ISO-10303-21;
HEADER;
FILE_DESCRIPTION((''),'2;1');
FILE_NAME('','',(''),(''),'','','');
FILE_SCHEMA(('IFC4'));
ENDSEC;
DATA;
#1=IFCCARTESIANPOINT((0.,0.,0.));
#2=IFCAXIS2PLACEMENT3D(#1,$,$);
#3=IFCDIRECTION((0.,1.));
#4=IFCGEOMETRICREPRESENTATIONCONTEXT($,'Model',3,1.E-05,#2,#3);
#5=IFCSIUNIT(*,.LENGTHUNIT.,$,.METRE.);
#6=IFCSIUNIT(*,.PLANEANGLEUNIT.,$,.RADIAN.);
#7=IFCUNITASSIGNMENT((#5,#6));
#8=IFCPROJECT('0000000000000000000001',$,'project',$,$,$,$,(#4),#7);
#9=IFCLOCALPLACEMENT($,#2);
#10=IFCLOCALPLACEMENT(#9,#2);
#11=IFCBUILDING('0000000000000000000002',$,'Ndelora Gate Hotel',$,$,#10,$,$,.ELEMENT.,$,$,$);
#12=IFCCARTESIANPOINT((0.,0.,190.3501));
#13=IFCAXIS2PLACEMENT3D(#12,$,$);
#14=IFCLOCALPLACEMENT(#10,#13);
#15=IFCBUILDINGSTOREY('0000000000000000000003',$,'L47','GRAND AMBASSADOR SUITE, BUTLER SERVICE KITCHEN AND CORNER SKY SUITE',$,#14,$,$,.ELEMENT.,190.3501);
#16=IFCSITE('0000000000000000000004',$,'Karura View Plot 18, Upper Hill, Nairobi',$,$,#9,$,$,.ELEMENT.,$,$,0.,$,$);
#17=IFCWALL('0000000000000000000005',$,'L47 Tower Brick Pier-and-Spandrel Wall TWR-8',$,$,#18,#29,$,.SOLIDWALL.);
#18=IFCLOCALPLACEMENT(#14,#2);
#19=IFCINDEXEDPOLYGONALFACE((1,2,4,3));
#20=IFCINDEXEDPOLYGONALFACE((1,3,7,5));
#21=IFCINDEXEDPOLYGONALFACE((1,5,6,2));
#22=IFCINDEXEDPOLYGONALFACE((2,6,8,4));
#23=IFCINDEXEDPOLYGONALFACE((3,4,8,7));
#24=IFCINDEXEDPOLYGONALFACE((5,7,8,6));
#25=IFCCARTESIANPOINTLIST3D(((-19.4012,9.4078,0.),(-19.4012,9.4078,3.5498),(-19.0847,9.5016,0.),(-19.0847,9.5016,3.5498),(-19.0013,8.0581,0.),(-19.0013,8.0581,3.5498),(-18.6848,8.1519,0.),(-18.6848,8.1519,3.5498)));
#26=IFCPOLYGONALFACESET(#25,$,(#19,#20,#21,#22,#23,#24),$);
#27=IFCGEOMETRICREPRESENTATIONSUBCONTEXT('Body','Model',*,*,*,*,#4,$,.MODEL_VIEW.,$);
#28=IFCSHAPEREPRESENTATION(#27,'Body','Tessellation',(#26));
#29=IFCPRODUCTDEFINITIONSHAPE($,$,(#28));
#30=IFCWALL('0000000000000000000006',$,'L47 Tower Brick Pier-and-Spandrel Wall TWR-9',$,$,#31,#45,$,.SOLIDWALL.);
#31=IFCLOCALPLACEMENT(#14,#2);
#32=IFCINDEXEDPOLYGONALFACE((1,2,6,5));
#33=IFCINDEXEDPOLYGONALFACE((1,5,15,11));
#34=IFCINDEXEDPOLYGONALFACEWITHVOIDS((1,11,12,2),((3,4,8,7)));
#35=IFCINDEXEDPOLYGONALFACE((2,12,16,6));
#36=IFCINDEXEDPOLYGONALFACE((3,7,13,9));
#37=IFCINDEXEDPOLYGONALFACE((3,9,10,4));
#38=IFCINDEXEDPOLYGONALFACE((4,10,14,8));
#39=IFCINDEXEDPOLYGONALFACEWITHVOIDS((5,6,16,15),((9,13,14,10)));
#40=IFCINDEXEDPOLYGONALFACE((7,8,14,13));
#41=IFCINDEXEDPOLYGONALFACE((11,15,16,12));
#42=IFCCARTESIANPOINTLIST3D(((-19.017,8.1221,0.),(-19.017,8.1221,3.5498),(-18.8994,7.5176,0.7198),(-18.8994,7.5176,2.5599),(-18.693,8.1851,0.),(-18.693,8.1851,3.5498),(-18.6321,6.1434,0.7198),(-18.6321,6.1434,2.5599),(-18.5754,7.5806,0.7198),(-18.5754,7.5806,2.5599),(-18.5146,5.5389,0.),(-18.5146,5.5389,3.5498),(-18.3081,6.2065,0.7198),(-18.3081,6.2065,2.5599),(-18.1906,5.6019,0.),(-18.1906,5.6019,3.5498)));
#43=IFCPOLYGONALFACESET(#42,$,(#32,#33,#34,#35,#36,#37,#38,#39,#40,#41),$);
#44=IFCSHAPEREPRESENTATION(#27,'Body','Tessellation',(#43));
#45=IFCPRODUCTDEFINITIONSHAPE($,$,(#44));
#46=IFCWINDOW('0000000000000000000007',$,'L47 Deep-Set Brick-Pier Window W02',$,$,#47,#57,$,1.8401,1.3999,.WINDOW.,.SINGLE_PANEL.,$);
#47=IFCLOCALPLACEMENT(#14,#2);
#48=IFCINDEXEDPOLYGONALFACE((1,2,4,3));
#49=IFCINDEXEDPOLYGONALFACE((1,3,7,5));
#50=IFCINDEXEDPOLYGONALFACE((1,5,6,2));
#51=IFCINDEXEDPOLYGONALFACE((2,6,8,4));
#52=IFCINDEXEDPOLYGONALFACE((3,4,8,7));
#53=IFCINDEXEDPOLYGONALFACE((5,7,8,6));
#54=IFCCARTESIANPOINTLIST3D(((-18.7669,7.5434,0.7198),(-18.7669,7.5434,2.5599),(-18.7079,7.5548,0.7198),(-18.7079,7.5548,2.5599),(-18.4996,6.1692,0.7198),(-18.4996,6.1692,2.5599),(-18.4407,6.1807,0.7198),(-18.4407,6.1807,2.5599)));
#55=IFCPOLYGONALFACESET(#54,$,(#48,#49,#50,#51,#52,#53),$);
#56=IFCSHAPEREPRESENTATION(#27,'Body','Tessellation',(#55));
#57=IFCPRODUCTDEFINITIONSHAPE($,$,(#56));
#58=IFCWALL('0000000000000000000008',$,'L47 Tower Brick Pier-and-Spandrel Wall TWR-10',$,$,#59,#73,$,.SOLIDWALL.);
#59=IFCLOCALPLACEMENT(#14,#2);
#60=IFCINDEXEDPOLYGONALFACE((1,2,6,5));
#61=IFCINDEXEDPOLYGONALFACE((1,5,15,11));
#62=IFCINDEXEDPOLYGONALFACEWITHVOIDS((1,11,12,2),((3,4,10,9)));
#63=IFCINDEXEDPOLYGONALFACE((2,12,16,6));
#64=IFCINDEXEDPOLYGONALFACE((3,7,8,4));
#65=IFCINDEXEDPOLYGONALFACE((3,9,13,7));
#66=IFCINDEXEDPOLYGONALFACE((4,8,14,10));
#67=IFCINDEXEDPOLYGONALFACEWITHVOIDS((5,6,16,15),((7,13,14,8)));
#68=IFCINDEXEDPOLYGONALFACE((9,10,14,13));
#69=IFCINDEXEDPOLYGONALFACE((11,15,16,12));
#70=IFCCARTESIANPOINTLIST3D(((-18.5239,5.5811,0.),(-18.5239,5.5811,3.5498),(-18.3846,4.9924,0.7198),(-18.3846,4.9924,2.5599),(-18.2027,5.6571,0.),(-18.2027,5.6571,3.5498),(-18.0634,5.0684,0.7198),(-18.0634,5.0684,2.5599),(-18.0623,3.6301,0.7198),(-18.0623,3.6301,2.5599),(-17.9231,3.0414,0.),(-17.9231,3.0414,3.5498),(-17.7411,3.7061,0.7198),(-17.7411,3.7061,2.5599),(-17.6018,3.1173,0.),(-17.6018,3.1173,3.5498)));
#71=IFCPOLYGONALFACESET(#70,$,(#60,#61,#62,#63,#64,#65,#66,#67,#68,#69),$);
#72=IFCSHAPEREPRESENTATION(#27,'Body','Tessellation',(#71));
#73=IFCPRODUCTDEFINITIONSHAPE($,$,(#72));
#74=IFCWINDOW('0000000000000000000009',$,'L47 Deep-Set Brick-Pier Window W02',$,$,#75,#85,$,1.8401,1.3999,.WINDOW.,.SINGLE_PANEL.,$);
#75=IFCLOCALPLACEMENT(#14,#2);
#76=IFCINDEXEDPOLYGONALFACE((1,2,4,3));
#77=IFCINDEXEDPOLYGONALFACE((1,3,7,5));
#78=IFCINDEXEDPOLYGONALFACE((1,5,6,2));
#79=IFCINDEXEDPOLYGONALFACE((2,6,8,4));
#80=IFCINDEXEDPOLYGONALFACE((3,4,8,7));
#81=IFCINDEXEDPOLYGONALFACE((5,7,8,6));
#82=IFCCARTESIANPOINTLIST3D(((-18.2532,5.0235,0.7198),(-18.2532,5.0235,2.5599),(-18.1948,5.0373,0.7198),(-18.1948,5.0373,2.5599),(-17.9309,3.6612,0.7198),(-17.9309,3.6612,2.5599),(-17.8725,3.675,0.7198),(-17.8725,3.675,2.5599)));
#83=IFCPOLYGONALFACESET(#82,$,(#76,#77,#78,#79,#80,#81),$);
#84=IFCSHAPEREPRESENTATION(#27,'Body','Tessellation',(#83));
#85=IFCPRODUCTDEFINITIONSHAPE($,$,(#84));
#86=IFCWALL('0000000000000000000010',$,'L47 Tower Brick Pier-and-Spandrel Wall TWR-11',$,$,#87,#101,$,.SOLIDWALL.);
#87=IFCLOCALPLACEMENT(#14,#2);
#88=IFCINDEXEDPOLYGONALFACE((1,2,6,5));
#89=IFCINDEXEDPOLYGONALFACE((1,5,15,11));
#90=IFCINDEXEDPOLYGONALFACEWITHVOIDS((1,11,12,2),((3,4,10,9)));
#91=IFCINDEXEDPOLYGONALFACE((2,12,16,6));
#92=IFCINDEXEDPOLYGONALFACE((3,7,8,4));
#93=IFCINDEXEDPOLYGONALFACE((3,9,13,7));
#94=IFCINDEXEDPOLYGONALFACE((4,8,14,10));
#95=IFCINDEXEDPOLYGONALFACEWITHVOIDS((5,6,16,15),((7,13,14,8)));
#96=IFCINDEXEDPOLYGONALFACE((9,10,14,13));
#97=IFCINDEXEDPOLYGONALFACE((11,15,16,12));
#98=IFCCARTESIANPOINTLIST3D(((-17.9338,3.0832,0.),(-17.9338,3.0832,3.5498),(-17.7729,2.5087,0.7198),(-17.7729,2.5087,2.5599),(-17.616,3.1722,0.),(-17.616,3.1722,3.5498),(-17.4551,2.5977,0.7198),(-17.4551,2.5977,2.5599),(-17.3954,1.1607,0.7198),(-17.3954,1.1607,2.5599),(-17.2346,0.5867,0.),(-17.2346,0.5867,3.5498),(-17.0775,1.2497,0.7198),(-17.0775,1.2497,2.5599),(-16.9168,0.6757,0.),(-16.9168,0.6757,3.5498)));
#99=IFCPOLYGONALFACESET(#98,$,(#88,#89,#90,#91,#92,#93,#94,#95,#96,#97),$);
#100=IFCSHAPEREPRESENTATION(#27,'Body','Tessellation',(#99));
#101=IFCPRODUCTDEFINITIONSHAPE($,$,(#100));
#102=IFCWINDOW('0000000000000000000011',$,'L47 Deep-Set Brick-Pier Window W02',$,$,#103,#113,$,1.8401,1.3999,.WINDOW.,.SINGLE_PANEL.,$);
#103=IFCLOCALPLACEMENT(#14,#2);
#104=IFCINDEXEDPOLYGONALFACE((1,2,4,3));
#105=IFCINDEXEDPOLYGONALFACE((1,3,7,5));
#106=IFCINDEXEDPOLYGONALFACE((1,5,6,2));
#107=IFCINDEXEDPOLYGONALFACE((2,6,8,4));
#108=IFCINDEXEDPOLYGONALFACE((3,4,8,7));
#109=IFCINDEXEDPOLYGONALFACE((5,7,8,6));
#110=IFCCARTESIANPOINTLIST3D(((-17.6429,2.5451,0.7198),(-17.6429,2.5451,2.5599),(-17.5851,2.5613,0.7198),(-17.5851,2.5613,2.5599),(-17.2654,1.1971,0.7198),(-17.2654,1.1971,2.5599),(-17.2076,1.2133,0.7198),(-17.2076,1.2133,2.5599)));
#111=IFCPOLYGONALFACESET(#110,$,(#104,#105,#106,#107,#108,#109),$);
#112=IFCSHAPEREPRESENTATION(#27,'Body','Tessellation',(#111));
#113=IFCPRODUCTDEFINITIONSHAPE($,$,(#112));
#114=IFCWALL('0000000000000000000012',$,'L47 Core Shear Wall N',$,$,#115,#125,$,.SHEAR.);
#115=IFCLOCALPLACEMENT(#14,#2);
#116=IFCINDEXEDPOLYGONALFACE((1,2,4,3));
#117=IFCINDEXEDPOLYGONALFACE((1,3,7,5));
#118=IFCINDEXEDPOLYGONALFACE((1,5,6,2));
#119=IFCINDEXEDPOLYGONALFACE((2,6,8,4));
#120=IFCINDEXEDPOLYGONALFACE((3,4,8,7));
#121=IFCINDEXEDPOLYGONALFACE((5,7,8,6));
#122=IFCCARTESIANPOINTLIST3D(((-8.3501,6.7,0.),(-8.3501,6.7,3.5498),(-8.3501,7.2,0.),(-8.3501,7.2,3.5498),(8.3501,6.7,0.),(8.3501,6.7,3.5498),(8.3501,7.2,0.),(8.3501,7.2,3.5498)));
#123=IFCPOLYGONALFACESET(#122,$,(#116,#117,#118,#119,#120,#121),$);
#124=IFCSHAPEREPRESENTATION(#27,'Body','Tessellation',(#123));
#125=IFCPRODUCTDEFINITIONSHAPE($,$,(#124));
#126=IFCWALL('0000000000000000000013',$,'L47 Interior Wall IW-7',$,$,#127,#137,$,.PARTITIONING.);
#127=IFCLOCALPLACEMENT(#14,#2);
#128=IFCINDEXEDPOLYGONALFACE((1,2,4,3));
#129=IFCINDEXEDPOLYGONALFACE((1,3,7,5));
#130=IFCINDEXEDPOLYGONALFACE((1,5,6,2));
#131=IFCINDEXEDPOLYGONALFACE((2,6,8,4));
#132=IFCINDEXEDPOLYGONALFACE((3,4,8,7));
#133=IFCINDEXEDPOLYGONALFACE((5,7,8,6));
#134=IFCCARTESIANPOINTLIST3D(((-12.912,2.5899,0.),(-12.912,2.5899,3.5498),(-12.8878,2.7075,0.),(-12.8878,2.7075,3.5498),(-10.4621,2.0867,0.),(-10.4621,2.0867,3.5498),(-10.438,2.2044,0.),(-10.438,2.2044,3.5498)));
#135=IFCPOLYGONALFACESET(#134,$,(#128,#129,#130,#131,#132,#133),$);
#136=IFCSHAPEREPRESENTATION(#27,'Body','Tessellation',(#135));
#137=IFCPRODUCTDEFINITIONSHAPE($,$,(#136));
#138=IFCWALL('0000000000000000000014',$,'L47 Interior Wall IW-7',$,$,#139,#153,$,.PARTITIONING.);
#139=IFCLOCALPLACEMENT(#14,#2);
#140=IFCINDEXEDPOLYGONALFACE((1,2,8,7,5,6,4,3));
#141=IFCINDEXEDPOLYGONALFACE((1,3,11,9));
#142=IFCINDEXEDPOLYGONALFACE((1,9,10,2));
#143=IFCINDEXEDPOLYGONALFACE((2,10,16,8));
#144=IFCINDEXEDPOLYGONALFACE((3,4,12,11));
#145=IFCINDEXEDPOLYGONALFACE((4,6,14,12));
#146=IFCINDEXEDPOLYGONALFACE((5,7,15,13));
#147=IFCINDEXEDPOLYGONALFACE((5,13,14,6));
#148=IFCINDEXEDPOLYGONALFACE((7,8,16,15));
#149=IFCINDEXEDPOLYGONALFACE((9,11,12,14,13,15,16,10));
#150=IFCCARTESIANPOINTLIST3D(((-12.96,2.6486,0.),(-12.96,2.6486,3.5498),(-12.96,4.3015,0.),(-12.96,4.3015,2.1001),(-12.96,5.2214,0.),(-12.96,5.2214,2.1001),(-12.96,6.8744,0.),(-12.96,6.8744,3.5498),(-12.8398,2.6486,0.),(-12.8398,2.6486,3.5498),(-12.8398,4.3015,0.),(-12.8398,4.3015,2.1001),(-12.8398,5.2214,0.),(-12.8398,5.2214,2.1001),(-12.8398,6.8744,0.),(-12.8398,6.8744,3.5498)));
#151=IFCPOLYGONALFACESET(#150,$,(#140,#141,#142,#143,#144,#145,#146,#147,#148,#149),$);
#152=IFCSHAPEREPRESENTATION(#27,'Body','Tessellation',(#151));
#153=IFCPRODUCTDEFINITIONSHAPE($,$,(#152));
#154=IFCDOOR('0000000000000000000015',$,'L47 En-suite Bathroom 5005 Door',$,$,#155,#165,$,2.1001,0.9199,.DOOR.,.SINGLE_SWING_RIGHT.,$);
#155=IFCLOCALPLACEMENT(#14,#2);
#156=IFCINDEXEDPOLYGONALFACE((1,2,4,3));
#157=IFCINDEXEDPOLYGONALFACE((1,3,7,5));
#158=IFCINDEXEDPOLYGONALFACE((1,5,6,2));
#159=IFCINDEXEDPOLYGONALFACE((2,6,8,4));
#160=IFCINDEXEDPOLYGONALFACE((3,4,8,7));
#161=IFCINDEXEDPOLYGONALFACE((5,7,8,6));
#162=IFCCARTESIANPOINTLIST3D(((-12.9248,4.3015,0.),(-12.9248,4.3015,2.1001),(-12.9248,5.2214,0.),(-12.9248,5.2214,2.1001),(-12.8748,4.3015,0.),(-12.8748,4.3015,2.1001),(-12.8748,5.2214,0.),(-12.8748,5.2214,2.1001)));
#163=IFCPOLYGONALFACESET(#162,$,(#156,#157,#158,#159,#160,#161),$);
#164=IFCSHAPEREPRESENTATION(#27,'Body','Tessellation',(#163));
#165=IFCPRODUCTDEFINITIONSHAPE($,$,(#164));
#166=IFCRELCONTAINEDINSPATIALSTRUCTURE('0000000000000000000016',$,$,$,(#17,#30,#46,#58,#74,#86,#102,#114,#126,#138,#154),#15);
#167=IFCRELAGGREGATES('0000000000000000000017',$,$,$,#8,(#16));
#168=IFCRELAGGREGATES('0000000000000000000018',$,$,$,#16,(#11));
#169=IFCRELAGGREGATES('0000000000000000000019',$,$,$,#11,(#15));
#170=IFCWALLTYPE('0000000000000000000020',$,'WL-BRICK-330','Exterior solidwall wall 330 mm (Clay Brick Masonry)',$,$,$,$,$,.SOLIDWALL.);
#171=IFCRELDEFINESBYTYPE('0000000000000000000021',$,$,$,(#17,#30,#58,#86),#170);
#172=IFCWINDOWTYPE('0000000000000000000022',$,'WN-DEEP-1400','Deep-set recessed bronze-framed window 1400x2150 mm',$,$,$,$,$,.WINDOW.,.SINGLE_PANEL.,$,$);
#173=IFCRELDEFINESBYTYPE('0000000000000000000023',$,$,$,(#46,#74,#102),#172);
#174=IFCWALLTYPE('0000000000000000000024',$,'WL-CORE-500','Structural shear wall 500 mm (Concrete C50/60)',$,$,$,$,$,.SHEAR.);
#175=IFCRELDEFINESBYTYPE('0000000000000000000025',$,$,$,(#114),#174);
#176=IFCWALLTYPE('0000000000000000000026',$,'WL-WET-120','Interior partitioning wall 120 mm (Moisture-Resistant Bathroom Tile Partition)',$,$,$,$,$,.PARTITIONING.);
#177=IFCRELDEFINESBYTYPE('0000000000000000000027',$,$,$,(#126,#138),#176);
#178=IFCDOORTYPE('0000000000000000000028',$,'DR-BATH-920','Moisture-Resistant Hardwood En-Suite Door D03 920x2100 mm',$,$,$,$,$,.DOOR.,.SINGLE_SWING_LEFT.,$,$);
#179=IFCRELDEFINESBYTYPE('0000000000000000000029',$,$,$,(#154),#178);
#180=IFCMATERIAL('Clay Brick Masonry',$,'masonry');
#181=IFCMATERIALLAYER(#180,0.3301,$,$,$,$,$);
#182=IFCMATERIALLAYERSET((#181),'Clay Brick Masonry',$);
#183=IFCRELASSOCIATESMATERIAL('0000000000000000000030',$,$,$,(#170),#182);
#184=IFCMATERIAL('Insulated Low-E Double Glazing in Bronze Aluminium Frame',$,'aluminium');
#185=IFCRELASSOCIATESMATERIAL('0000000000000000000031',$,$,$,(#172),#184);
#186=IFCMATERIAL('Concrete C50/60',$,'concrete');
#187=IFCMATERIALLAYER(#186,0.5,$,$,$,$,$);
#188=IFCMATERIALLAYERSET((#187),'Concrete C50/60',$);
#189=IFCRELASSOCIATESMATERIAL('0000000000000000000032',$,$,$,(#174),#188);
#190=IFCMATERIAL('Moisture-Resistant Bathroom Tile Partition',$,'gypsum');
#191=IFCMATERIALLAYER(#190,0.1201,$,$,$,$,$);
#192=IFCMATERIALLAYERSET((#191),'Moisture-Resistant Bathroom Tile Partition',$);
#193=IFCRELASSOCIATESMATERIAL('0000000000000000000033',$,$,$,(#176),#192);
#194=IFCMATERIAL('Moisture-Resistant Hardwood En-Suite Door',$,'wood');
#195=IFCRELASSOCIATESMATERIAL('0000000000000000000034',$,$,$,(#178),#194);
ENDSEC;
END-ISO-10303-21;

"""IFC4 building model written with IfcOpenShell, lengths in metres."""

from ifc_helpers import new_model, si_unit, direction, frame, frame_2d, origin, place, context, subcontext, project, spatial, rectangle, extrude, material, layer, layer_set, type_object, element, fill, save


model = new_model("IFC4")

# Units and contexts
model_context = context("Model", 3, precision=1e-05, world=origin(), true_north=direction((0.0, 1.0)))
body_context = subcontext(model_context, "Body", "Model", "MODEL_VIEW")
ifc_project = project(units=[si_unit("LENGTHUNIT", "METRE"), si_unit("PLANEANGLEUNIT", "RADIAN")], contexts=[model_context])

# Site, building, storey
site_placement = place(None, origin())
site = spatial("IfcSite", under=ifc_project, at=site_placement, Name="Karura View Plot 18, Upper Hill, Nairobi", CompositionType="ELEMENT", RefElevation=0.0)
building_placement = place(site_placement, origin())
building = spatial("IfcBuilding", under=site, at=building_placement, Name="Ndelora Gate Hotel", CompositionType="ELEMENT")
storey_placement = place(building_placement, frame((0.0, 0.0, 190.3501)))
storey = spatial("IfcBuildingStorey", under=building, at=storey_placement, Name="L47", Description="GRAND AMBASSADOR SUITE, BUTLER SERVICE KITCHEN AND CORNER SKY SUITE", CompositionType="ELEMENT", Elevation=190.3501)

# Shared definitions
ifc_material_1 = material(Name="Concrete C50/60", Category="concrete")

# Wall
ifc_material_2 = material(Name="Clay Brick Masonry", Category="masonry")
ifc_layer_1 = layer(ifc_material_2, 0.3301)
ifc_layer_set_1 = layer_set([ifc_layer_1], Name="Clay Brick Masonry")
wall_type_1 = type_object("IfcWallType", Name="WL-BRICK-330", Description="Exterior solidwall wall 330 mm (Clay Brick Masonry)", PredefinedType="SOLIDWALL", material=ifc_layer_set_1)
wall_1_placement = place(storey_placement, frame((-18.843, 8.105, 0.0), z_axis=(0.0, 0.0, 1.0), x_axis=(-0.2841, 0.958795, 0.0)))
element("IfcWall", 1, at=wall_1_placement, inside=storey, type_object=wall_type_1, Name="L47 Tower Brick Pier-and-Spandrel Wall TWR-8", PredefinedType="SOLIDWALL", context=body_context, shape_type="SweptSolid", body=[
    extrude(rectangle(XDim=1.4077, YDim=0.3301, at=frame_2d((0.7039, 0.0))), origin(), (0.0, 0.0, 1.0), 3.5498),
])

# Walls, openings, windows
wall_2_placement = place(storey_placement, frame((-18.3525, 5.5703, 0.0), z_axis=(0.0, 0.0, 1.0), x_axis=(-0.190922, 0.981605, 0.0)))
wall_2 = element("IfcWall", 2, at=wall_2_placement, inside=storey, type_object=wall_type_1, Name="L47 Tower Brick Pier-and-Spandrel Wall TWR-9", PredefinedType="SOLIDWALL", context=body_context, shape_type="SweptSolid", body=[
    extrude(rectangle(XDim=2.6316, YDim=0.3301, at=frame_2d((1.3159, 0.0))), origin(), (0.0, 0.0, 1.0), 3.5498),
])
opening_1_placement = place(wall_2_placement, frame((0.616, 0.0, 0.72)))
opening_1 = element("IfcOpeningElement", 3, at=opening_1_placement, cuts=wall_2, PredefinedType="OPENING", context=body_context, shape_type="SweptSolid", body=[
    extrude(rectangle(XDim=1.3999, YDim=1.8401, at=frame_2d((0.7, 0.9199))), frame((0.0, 0.175, 0.0), z_axis=(0.0, -1.0, 0.0), x_axis=(1.0, 0.0, 0.0)), (0.0, 0.0, 1.0), 0.3501),
])
ifc_material_3 = material(Name="Insulated Low-E Double Glazing in Bronze Aluminium Frame", Category="aluminium")
window_type = type_object("IfcWindowType", Name="WN-DEEP-1400", Description="Deep-set recessed bronze-framed window 1400x2150 mm", PartitioningType="SINGLE_PANEL", PredefinedType="WINDOW", material=ifc_material_3)
window_1_placement = place(opening_1_placement, origin())
window_1 = element("IfcWindow", 4, at=window_1_placement, inside=storey, type_object=window_type, Name="L47 Deep-Set Brick-Pier Window W02", OverallHeight=1.8401, OverallWidth=1.3999, PartitioningType="SINGLE_PANEL", PredefinedType="WINDOW", context=body_context, shape_type="SweptSolid", body=[
    extrude(rectangle(XDim=1.3999, YDim=1.8401, at=frame_2d((0.7, 0.9199))), frame((0.0, 0.03, 0.0), z_axis=(0.0, -1.0, 0.0), x_axis=(1.0, 0.0, 0.0)), (0.0, 0.0, 1.0), 0.0601),
])
fill(opening_1, window_1)
wall_3_placement = place(storey_placement, frame((-17.7625, 3.0793, 0.0), z_axis=(0.0, 0.0, 1.0), x_axis=(-0.230212, 0.97314, 0.0)))
wall_3 = element("IfcWall", 5, at=wall_3_placement, inside=storey, type_object=wall_type_1, Name="L47 Tower Brick Pier-and-Spandrel Wall TWR-10", PredefinedType="SOLIDWALL", context=body_context, shape_type="SweptSolid", body=[
    extrude(rectangle(XDim=2.6099, YDim=0.3301, at=frame_2d((1.3049, 0.0))), origin(), (0.0, 0.0, 1.0), 3.5498),
])
opening_2_placement = place(wall_3_placement, frame((0.605, 0.0, 0.72)))
opening_2 = element("IfcOpeningElement", 6, at=opening_2_placement, cuts=wall_3, PredefinedType="OPENING", context=body_context, shape_type="SweptSolid", body=[
    extrude(rectangle(XDim=1.3999, YDim=1.8401, at=frame_2d((0.7, 0.9199))), frame((0.0, 0.175, 0.0), z_axis=(0.0, -1.0, 0.0), x_axis=(1.0, 0.0, 0.0)), (0.0, 0.0, 1.0), 0.3501),
])
window_2_placement = place(opening_2_placement, origin())
window_2 = element("IfcWindow", 7, at=window_2_placement, inside=storey, type_object=window_type, Name="L47 Deep-Set Brick-Pier Window W02", OverallHeight=1.8401, OverallWidth=1.3999, PartitioningType="SINGLE_PANEL", PredefinedType="WINDOW", context=body_context, shape_type="SweptSolid", body=[
    extrude(rectangle(XDim=1.3999, YDim=1.8401, at=frame_2d((0.7, 0.9199))), frame((0.0, 0.03, 0.0), z_axis=(0.0, -1.0, 0.0), x_axis=(1.0, 0.0, 0.0)), (0.0, 0.0, 1.0), 0.0601),
])
fill(opening_2, window_2)
wall_4_placement = place(storey_placement, frame((-17.0757, 0.6311, 0.0), z_axis=(0.0, 0.0, 1.0), x_axis=(-0.269693, 0.962946, 0.0)))
wall_4 = element("IfcWall", 8, at=wall_4_placement, inside=storey, type_object=wall_type_1, Name="L47 Tower Brick Pier-and-Spandrel Wall TWR-11", PredefinedType="SOLIDWALL", context=body_context, shape_type="SweptSolid", body=[
    extrude(rectangle(XDim=2.5925, YDim=0.3301, at=frame_2d((1.2964, 0.0))), origin(), (0.0, 0.0, 1.0), 3.5498),
])
opening_3_placement = place(wall_4_placement, frame((0.5962, 0.0, 0.72)))
opening_3 = element("IfcOpeningElement", 9, at=opening_3_placement, cuts=wall_4, PredefinedType="OPENING", context=body_context, shape_type="SweptSolid", body=[
    extrude(rectangle(XDim=1.3999, YDim=1.8401, at=frame_2d((0.7, 0.9199))), frame((0.0, 0.175, 0.0), z_axis=(0.0, -1.0, 0.0), x_axis=(1.0, 0.0, 0.0)), (0.0, 0.0, 1.0), 0.3501),
])
window_3_placement = place(opening_3_placement, origin())
window_3 = element("IfcWindow", 10, at=window_3_placement, inside=storey, type_object=window_type, Name="L47 Deep-Set Brick-Pier Window W02", OverallHeight=1.8401, OverallWidth=1.3999, PartitioningType="SINGLE_PANEL", PredefinedType="WINDOW", context=body_context, shape_type="SweptSolid", body=[
    extrude(rectangle(XDim=1.3999, YDim=1.8401, at=frame_2d((0.7, 0.9199))), frame((0.0, 0.03, 0.0), z_axis=(0.0, -1.0, 0.0), x_axis=(1.0, 0.0, 0.0)), (0.0, 0.0, 1.0), 0.0601),
])
fill(opening_3, window_3)

# Wall
ifc_layer_2 = layer(ifc_material_1, 0.5)
ifc_layer_set_2 = layer_set([ifc_layer_2], Name="Concrete C50/60")
wall_type_2 = type_object("IfcWallType", Name="WL-CORE-500", Description="Structural shear wall 500 mm (Concrete C50/60)", PredefinedType="SHEAR", material=ifc_layer_set_2)
wall_5_placement = place(storey_placement, frame((-8.3501, 6.95, 0.0), z_axis=(0.0, 0.0, 1.0), x_axis=(1.0, 0.0, 0.0)))
element("IfcWall", 11, at=wall_5_placement, inside=storey, type_object=wall_type_2, Name="L47 Core Shear Wall N", PredefinedType="SHEAR", context=body_context, shape_type="SweptSolid", body=[
    extrude(rectangle(XDim=16.7002, YDim=0.5, at=frame_2d((8.3501, 0.0))), origin(), (0.0, 0.0, 1.0), 3.5498),
])

# Wall
ifc_material_4 = material(Name="Moisture-Resistant Bathroom Tile Partition", Category="gypsum")
ifc_layer_3 = layer(ifc_material_4, 0.1201)
ifc_layer_set_3 = layer_set([ifc_layer_3], Name="Moisture-Resistant Bathroom Tile Partition")
wall_type_3 = type_object("IfcWallType", Name="WL-WET-120", Description="Interior partitioning wall 120 mm (Moisture-Resistant Bathroom Tile Partition)", PredefinedType="PARTITIONING", material=ifc_layer_set_3)
wall_6_placement = place(storey_placement, frame((-12.8999, 2.6487, 0.0), z_axis=(0.0, 0.0, 1.0), x_axis=(0.979554, -0.201182, 0.0)))
element("IfcWall", 12, at=wall_6_placement, inside=storey, type_object=wall_type_3, Name="L47 Interior Wall IW-7", PredefinedType="PARTITIONING", context=body_context, shape_type="SweptSolid", body=[
    extrude(rectangle(XDim=2.501, YDim=0.1201, at=frame_2d((1.2505, 0.0))), origin(), (0.0, 0.0, 1.0), 3.5498),
])

# Wall, opening, door
wall_7_placement = place(storey_placement, frame((-12.8999, 2.6487, 0.0), z_axis=(0.0, 0.0, 1.0), x_axis=(0.0, 1.0, 0.0)))
wall_7 = element("IfcWall", 13, at=wall_7_placement, inside=storey, type_object=wall_type_3, Name="L47 Interior Wall IW-7", PredefinedType="PARTITIONING", context=body_context, shape_type="SweptSolid", body=[
    extrude(rectangle(XDim=4.2258, YDim=0.1201, at=frame_2d((2.1128, 0.0))), origin(), (0.0, 0.0, 1.0), 3.5498),
])
opening_4_placement = place(wall_7_placement, frame((1.6528, 0.0, 0.0)))
opening_4 = element("IfcOpeningElement", 14, at=opening_4_placement, cuts=wall_7, PredefinedType="OPENING", context=body_context, shape_type="SweptSolid", body=[
    extrude(rectangle(XDim=0.9199, YDim=2.1001, at=frame_2d((0.46, 1.05))), frame((0.0, 0.0701, 0.0), z_axis=(0.0, -1.0, 0.0), x_axis=(1.0, 0.0, 0.0)), (0.0, 0.0, 1.0), 0.1401),
])
ifc_material_5 = material(Name="Moisture-Resistant Hardwood En-Suite Door", Category="wood")
door_type_1 = type_object("IfcDoorType", Name="DR-BATH-920", Description="Moisture-Resistant Hardwood En-Suite Door D03 920x2100 mm", OperationType="SINGLE_SWING_LEFT", PredefinedType="DOOR", material=ifc_material_5)
door_1_placement = place(opening_4_placement, origin())
door_1 = element("IfcDoor", 15, at=door_1_placement, inside=storey, type_object=door_type_1, Name="L47 En-suite Bathroom 5005 Door", OperationType="SINGLE_SWING_RIGHT", OverallHeight=2.1001, OverallWidth=0.9199, PredefinedType="DOOR", context=body_context, shape_type="SweptSolid", body=[
    extrude(rectangle(XDim=0.9199, YDim=2.1001, at=frame_2d((0.46, 1.05))), frame((0.0, 0.0249, 0.0), z_axis=(0.0, -1.0, 0.0), x_axis=(1.0, 0.0, 0.0)), (0.0, 0.0, 1.0), 0.05),
])
fill(opening_4, door_1)

save(model, "model.ifc")
